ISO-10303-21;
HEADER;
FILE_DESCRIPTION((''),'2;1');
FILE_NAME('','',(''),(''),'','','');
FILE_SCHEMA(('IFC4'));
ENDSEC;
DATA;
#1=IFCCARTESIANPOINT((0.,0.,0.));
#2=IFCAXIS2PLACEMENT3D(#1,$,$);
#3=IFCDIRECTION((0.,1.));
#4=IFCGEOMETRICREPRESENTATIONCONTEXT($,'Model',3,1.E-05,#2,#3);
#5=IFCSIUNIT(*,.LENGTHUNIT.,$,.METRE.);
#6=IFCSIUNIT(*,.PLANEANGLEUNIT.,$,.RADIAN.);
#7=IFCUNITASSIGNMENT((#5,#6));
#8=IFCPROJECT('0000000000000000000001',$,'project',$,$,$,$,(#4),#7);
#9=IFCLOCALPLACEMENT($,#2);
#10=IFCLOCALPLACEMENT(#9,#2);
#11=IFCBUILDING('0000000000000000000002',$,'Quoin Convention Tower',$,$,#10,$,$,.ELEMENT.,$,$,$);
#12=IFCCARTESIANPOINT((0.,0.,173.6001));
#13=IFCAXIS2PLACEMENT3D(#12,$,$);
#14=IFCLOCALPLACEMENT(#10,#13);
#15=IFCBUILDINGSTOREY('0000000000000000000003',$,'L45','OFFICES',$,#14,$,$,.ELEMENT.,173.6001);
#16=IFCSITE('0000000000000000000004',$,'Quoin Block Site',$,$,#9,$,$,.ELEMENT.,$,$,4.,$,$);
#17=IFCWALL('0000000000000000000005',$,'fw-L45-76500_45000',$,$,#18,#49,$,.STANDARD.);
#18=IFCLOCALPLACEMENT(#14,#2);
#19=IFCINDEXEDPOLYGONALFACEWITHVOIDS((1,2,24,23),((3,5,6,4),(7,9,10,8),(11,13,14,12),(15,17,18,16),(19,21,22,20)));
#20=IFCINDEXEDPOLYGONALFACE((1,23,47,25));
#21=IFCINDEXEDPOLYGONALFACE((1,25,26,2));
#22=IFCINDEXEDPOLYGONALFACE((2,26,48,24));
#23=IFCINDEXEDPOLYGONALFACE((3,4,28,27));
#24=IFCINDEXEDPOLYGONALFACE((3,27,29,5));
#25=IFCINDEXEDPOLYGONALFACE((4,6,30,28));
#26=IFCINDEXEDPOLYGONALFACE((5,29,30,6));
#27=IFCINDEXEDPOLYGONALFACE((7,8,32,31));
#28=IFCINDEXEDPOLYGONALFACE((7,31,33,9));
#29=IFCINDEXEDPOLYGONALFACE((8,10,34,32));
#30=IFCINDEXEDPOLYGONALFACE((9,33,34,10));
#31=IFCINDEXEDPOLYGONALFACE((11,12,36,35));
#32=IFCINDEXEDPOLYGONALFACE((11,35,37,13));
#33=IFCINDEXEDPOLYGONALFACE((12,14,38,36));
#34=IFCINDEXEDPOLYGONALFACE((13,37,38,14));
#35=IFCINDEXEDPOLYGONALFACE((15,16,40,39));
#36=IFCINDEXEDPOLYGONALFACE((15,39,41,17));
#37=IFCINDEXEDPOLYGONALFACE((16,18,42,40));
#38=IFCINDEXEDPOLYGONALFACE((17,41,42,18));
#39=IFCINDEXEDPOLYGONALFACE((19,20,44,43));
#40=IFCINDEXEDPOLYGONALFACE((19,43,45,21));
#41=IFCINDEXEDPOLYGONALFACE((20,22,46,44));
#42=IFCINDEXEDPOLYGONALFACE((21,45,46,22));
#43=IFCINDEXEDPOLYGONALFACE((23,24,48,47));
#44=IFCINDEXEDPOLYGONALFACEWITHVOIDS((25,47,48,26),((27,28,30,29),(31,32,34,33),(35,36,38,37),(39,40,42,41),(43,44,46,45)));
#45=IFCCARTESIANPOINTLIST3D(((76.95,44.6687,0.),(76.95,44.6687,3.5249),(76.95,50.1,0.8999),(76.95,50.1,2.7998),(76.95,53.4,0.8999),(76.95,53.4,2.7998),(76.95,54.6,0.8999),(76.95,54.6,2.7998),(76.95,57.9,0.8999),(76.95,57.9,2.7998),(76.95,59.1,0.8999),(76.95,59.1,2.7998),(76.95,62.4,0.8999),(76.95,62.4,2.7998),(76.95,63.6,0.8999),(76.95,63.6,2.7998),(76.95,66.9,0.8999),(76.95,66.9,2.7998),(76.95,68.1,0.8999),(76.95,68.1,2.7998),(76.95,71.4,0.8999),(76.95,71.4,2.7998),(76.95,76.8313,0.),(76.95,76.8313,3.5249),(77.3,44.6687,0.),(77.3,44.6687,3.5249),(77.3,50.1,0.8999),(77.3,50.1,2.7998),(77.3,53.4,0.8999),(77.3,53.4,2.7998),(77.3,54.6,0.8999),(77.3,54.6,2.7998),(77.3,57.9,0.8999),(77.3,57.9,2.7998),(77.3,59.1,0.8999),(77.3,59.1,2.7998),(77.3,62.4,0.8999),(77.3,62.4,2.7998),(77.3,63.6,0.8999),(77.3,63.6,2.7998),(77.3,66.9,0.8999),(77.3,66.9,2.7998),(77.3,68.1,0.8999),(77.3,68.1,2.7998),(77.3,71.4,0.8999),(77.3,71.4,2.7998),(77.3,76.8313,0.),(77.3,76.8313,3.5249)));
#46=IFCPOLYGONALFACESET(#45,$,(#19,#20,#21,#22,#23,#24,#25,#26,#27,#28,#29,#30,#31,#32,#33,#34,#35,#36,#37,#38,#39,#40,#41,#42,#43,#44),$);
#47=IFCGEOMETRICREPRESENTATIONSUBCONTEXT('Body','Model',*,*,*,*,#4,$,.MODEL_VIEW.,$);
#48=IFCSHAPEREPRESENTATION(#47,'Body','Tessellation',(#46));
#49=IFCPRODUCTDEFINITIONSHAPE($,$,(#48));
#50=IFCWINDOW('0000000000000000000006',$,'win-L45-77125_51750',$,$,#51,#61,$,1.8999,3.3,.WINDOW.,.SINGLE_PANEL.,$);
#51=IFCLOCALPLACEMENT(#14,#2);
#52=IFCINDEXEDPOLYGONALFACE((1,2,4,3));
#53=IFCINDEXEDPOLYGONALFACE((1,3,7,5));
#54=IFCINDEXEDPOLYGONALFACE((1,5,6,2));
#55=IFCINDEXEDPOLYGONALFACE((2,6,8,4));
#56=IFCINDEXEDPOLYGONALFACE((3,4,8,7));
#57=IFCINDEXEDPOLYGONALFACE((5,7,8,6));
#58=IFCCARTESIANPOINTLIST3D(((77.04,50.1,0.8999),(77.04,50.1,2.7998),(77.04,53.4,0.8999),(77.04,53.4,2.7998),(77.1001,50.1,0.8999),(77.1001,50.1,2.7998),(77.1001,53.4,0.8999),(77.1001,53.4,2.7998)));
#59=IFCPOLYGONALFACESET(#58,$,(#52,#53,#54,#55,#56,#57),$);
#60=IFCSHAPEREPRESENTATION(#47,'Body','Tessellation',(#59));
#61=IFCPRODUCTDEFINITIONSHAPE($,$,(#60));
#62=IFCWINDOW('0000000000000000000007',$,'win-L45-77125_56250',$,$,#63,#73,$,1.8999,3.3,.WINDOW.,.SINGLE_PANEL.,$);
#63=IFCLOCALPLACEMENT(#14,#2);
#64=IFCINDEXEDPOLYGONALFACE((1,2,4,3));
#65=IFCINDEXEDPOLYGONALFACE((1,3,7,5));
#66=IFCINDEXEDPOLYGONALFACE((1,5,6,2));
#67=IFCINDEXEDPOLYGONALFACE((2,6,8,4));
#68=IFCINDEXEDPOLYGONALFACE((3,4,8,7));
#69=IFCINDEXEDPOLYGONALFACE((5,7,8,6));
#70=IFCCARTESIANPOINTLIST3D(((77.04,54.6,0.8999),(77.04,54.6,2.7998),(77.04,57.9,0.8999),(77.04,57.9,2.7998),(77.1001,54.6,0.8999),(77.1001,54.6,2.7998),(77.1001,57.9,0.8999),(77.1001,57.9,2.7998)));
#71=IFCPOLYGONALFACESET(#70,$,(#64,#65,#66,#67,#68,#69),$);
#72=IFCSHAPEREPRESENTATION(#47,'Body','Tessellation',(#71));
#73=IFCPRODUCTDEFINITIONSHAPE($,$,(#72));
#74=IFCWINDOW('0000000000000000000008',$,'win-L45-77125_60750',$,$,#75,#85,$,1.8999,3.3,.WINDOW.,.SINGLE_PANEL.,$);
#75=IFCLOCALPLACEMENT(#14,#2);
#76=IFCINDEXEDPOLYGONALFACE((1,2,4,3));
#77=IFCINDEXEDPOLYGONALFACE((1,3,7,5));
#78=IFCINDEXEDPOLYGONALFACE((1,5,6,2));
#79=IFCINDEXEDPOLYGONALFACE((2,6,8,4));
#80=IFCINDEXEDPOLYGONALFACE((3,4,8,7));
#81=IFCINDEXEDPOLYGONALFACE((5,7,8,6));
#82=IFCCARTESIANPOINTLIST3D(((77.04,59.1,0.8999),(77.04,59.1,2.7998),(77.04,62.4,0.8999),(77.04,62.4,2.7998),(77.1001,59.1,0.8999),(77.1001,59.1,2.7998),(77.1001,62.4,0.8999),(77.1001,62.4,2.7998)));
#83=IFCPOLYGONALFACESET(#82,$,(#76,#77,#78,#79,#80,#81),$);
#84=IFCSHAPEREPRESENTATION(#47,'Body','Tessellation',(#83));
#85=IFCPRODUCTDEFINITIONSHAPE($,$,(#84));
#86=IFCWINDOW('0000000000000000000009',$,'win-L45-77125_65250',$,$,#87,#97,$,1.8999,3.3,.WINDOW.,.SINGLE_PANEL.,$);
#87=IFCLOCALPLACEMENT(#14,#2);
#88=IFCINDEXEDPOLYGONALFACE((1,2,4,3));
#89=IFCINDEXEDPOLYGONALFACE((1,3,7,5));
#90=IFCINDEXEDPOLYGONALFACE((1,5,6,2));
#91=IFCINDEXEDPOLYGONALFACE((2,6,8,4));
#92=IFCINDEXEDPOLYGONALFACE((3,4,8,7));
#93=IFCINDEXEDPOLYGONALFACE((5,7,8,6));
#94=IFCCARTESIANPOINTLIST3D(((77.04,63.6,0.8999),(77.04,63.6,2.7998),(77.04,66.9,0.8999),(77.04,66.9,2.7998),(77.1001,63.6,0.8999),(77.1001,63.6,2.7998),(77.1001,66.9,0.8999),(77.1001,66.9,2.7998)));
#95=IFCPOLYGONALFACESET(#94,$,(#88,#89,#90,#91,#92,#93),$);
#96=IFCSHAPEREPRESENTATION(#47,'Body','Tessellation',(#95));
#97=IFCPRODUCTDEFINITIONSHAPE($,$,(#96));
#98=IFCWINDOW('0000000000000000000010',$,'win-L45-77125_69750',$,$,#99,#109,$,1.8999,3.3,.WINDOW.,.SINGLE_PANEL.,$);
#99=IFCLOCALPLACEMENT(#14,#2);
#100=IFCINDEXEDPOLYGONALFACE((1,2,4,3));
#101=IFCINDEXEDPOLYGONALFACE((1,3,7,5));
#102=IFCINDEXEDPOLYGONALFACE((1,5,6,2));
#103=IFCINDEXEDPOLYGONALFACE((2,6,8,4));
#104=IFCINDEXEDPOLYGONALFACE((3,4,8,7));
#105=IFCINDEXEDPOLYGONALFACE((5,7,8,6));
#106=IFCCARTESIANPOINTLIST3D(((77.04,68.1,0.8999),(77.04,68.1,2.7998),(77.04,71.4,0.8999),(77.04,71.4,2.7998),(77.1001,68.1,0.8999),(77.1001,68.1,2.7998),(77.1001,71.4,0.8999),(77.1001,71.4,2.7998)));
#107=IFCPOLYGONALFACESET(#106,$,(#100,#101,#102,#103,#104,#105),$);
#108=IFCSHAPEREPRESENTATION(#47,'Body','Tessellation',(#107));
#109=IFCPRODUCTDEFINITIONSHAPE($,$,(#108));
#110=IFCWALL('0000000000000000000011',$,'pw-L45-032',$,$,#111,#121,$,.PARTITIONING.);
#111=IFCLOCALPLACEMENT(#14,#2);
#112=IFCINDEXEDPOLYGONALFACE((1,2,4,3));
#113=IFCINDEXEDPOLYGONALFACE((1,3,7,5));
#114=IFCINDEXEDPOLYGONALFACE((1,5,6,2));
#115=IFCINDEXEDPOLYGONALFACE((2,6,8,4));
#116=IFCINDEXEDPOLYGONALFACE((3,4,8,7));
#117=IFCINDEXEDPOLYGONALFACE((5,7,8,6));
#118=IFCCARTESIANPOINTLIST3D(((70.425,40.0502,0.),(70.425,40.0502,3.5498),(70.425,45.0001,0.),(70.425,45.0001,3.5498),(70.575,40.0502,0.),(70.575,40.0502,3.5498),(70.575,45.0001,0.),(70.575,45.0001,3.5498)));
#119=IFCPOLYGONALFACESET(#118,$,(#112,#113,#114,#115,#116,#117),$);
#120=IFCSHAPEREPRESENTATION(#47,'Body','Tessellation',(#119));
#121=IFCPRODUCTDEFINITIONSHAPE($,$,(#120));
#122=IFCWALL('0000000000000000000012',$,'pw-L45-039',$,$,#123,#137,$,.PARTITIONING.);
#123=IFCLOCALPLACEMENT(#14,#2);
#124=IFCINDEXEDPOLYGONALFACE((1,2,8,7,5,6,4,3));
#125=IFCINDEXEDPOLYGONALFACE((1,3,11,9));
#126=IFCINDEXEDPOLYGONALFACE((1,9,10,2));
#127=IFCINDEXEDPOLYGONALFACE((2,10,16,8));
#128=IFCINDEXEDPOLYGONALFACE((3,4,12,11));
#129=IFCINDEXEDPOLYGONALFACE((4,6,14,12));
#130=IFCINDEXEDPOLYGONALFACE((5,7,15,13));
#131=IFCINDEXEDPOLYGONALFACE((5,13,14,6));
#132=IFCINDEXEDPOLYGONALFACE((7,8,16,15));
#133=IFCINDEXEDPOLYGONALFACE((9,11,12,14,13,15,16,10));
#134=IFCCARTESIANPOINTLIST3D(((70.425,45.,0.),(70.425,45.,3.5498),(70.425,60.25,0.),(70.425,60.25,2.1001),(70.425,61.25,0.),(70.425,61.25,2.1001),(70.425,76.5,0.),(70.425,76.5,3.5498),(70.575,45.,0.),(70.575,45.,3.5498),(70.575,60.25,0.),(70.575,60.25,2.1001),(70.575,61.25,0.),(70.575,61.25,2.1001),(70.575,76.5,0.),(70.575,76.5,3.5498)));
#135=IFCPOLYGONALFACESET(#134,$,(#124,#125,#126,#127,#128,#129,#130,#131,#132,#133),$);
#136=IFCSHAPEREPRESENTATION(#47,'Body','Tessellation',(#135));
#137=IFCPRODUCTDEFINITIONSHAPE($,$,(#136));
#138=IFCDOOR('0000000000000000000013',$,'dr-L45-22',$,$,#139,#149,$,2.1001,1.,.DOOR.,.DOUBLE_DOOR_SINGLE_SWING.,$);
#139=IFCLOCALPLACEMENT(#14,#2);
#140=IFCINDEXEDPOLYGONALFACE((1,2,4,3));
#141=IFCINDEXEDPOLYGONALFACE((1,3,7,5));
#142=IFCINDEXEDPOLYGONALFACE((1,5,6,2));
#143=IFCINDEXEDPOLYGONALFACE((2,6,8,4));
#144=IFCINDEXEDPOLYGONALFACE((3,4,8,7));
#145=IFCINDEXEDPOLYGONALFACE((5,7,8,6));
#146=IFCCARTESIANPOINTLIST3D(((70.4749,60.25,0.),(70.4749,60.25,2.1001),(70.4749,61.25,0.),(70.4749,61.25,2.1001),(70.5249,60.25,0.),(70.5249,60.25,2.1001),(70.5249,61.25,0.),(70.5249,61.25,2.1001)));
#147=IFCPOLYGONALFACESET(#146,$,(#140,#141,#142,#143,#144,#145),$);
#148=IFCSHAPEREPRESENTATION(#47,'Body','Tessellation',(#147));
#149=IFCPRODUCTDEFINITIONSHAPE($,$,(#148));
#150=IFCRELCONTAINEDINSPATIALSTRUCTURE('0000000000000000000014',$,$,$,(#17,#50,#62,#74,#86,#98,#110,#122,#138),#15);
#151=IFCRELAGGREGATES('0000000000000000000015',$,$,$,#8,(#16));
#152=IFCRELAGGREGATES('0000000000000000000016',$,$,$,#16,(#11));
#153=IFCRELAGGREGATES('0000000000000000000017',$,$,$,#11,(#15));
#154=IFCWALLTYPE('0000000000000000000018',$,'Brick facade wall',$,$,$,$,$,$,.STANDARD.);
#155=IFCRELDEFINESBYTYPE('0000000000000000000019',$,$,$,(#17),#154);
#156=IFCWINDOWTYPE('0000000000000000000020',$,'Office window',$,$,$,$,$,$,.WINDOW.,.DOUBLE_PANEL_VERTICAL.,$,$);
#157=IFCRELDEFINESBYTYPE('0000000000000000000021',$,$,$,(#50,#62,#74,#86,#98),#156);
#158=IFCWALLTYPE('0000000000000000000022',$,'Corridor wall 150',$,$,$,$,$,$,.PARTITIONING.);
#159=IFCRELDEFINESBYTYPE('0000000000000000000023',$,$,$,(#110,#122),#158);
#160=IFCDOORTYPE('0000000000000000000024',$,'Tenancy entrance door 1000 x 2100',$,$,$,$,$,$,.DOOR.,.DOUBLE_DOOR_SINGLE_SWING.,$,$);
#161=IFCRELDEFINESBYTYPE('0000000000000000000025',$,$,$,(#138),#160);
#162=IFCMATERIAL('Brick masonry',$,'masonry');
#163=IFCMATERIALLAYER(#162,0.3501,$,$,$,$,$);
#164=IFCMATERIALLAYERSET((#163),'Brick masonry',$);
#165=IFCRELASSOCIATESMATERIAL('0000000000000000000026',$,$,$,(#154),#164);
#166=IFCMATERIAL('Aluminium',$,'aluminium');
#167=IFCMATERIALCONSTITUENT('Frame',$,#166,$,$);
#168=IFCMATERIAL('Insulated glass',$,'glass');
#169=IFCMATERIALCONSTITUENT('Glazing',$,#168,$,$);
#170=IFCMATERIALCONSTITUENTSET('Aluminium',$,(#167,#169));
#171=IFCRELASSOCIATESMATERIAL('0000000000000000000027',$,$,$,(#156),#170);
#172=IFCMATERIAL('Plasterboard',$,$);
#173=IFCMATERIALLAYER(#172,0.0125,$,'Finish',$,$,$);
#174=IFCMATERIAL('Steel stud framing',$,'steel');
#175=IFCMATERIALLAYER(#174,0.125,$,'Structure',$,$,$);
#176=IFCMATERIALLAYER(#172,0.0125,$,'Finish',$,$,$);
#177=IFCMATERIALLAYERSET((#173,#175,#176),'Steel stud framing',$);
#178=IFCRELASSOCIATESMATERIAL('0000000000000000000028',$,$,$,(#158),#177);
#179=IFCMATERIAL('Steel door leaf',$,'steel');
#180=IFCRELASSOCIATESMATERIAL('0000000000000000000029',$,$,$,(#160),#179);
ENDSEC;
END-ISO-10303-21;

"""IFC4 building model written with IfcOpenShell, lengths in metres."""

from ifc_helpers import new_model, si_unit, direction, frame, frame_2d, origin, place, context, subcontext, project, spatial, rectangle, extrude, material, layer, layer_set, constituent, constituent_set, type_object, element, fill, save


model = new_model("IFC4")

# Units and contexts
model_context = context("Model", 3, precision=1e-05, world=origin(), true_north=direction((0.0, 1.0)))
body_context = subcontext(model_context, "Body", "Model", "MODEL_VIEW")
ifc_project = project(units=[si_unit("LENGTHUNIT", "METRE"), si_unit("PLANEANGLEUNIT", "RADIAN")], contexts=[model_context])

# Site, building, storey
site_placement = place(None, origin())
site = spatial("IfcSite", under=ifc_project, at=site_placement, Name="Quoin Block Site", CompositionType="ELEMENT", RefElevation=4.0)
building_placement = place(site_placement, origin())
building = spatial("IfcBuilding", under=site, at=building_placement, Name="Quoin Convention Tower", CompositionType="ELEMENT")
storey_placement = place(building_placement, frame((0.0, 0.0, 173.6001)))
storey = spatial("IfcBuildingStorey", under=building, at=storey_placement, Name="L45", Description="OFFICES", CompositionType="ELEMENT", Elevation=173.6001)

# Shared definitions
ifc_material_1 = material(Name="Brick masonry", Category="masonry")
ifc_layer_1 = layer(ifc_material_1, 0.3501)
ifc_layer_set_1 = layer_set([ifc_layer_1], Name="Brick masonry")
wall_type_1 = type_object("IfcWallType", Name="Brick facade wall", PredefinedType="STANDARD", material=ifc_layer_set_1)
ifc_material_2 = material(Name="Aluminium", Category="aluminium")
ifc_constituent_1 = constituent(ifc_material_2, Name="Frame")
ifc_material_3 = material(Name="Insulated glass", Category="glass")
ifc_constituent_2 = constituent(ifc_material_3, Name="Glazing")
ifc_constituent_set = constituent_set(constituents=[ifc_constituent_1, ifc_constituent_2], Name="Aluminium")
window_type = type_object("IfcWindowType", Name="Office window", PartitioningType="DOUBLE_PANEL_VERTICAL", PredefinedType="WINDOW", material=ifc_constituent_set)

# Wall, openings, windows
wall_1_placement = place(storey_placement, frame((77.125, 44.6687, 0.0), z_axis=(0.0, 0.0, 1.0), x_axis=(0.0, 1.0, 0.0)))
wall_1 = element("IfcWall", 1, at=wall_1_placement, inside=storey, type_object=wall_type_1, Name="fw-L45-76500_45000", PredefinedType="STANDARD", context=body_context, shape_type="SweptSolid", body=[
    extrude(rectangle(XDim=32.1626, YDim=0.3501, at=frame_2d((16.0813, 0.0))), origin(), (0.0, 0.0, 1.0), 3.5249),
])
opening_1_placement = place(wall_1_placement, frame((5.4314, 0.0, 0.8999)))
opening_1 = element("IfcOpeningElement", 2, at=opening_1_placement, cuts=wall_1, PredefinedType="OPENING", context=body_context, shape_type="SweptSolid", body=[
    extrude(rectangle(XDim=3.3, YDim=1.8999, at=frame_2d((1.6499, 0.95))), frame((0.0, 0.1851, 0.0), z_axis=(0.0, -1.0, 0.0), x_axis=(1.0, 0.0, 0.0)), (0.0, 0.0, 1.0), 0.3701),
])
opening_2_placement = place(wall_1_placement, frame((9.9314, 0.0, 0.8999)))
opening_2 = element("IfcOpeningElement", 3, at=opening_2_placement, cuts=wall_1, PredefinedType="OPENING", context=body_context, shape_type="SweptSolid", body=[
    extrude(rectangle(XDim=3.3, YDim=1.8999, at=frame_2d((1.6499, 0.95))), frame((0.0, 0.1851, 0.0), z_axis=(0.0, -1.0, 0.0), x_axis=(1.0, 0.0, 0.0)), (0.0, 0.0, 1.0), 0.3701),
])
opening_3_placement = place(wall_1_placement, frame((14.4314, 0.0, 0.8999)))
opening_3 = element("IfcOpeningElement", 4, at=opening_3_placement, cuts=wall_1, PredefinedType="OPENING", context=body_context, shape_type="SweptSolid", body=[
    extrude(rectangle(XDim=3.3, YDim=1.8999, at=frame_2d((1.6499, 0.95))), frame((0.0, 0.1851, 0.0), z_axis=(0.0, -1.0, 0.0), x_axis=(1.0, 0.0, 0.0)), (0.0, 0.0, 1.0), 0.3701),
])
opening_4_placement = place(wall_1_placement, frame((18.9314, 0.0, 0.8999)))
opening_4 = element("IfcOpeningElement", 5, at=opening_4_placement, cuts=wall_1, PredefinedType="OPENING", context=body_context, shape_type="SweptSolid", body=[
    extrude(rectangle(XDim=3.3, YDim=1.8999, at=frame_2d((1.6499, 0.95))), frame((0.0, 0.1851, 0.0), z_axis=(0.0, -1.0, 0.0), x_axis=(1.0, 0.0, 0.0)), (0.0, 0.0, 1.0), 0.3701),
])
opening_5_placement = place(wall_1_placement, frame((23.4314, 0.0, 0.8999)))
opening_5 = element("IfcOpeningElement", 6, at=opening_5_placement, cuts=wall_1, PredefinedType="OPENING", context=body_context, shape_type="SweptSolid", body=[
    extrude(rectangle(XDim=3.3, YDim=1.8999, at=frame_2d((1.6499, 0.95))), frame((0.0, 0.1851, 0.0), z_axis=(0.0, -1.0, 0.0), x_axis=(1.0, 0.0, 0.0)), (0.0, 0.0, 1.0), 0.3701),
])
window_1_placement = place(opening_1_placement, origin())
window_1 = element("IfcWindow", 7, at=window_1_placement, inside=storey, type_object=window_type, Name="win-L45-77125_51750", OverallHeight=1.8999, OverallWidth=3.3, PartitioningType="SINGLE_PANEL", PredefinedType="WINDOW", context=body_context, shape_type="SweptSolid", body=[
    extrude(rectangle(XDim=3.3, YDim=1.8999, at=frame_2d((1.6499, 0.95))), frame((0.0, 0.085, 0.0), z_axis=(0.0, -1.0, 0.0), x_axis=(1.0, 0.0, 0.0)), (0.0, 0.0, 1.0), 0.0601),
])
fill(opening_1, window_1)
window_2_placement = place(opening_2_placement, origin())
window_2 = element("IfcWindow", 8, at=window_2_placement, inside=storey, type_object=window_type, Name="win-L45-77125_56250", OverallHeight=1.8999, OverallWidth=3.3, PartitioningType="SINGLE_PANEL", PredefinedType="WINDOW", context=body_context, shape_type="SweptSolid", body=[
    extrude(rectangle(XDim=3.3, YDim=1.8999, at=frame_2d((1.6499, 0.95))), frame((0.0, 0.085, 0.0), z_axis=(0.0, -1.0, 0.0), x_axis=(1.0, 0.0, 0.0)), (0.0, 0.0, 1.0), 0.0601),
])
fill(opening_2, window_2)
window_3_placement = place(opening_3_placement, origin())
window_3 = element("IfcWindow", 9, at=window_3_placement, inside=storey, type_object=window_type, Name="win-L45-77125_60750", OverallHeight=1.8999, OverallWidth=3.3, PartitioningType="SINGLE_PANEL", PredefinedType="WINDOW", context=body_context, shape_type="SweptSolid", body=[
    extrude(rectangle(XDim=3.3, YDim=1.8999, at=frame_2d((1.6499, 0.95))), frame((0.0, 0.085, 0.0), z_axis=(0.0, -1.0, 0.0), x_axis=(1.0, 0.0, 0.0)), (0.0, 0.0, 1.0), 0.0601),
])
fill(opening_3, window_3)
window_4_placement = place(opening_4_placement, origin())
window_4 = element("IfcWindow", 10, at=window_4_placement, inside=storey, type_object=window_type, Name="win-L45-77125_65250", OverallHeight=1.8999, OverallWidth=3.3, PartitioningType="SINGLE_PANEL", PredefinedType="WINDOW", context=body_context, shape_type="SweptSolid", body=[
    extrude(rectangle(XDim=3.3, YDim=1.8999, at=frame_2d((1.6499, 0.95))), frame((0.0, 0.085, 0.0), z_axis=(0.0, -1.0, 0.0), x_axis=(1.0, 0.0, 0.0)), (0.0, 0.0, 1.0), 0.0601),
])
fill(opening_4, window_4)
window_5_placement = place(opening_5_placement, origin())
window_5 = element("IfcWindow", 11, at=window_5_placement, inside=storey, type_object=window_type, Name="win-L45-77125_69750", OverallHeight=1.8999, OverallWidth=3.3, PartitioningType="SINGLE_PANEL", PredefinedType="WINDOW", context=body_context, shape_type="SweptSolid", body=[
    extrude(rectangle(XDim=3.3, YDim=1.8999, at=frame_2d((1.6499, 0.95))), frame((0.0, 0.085, 0.0), z_axis=(0.0, -1.0, 0.0), x_axis=(1.0, 0.0, 0.0)), (0.0, 0.0, 1.0), 0.0601),
])
fill(opening_5, window_5)

# Wall
ifc_material_4 = material(Name="Plasterboard")
ifc_layer_2 = layer(ifc_material_4, 0.0125, Name="Finish")
ifc_material_5 = material(Name="Steel stud framing", Category="steel")
ifc_layer_3 = layer(ifc_material_5, 0.125, Name="Structure")
ifc_layer_4 = layer(ifc_material_4, 0.0125, Name="Finish")
ifc_layer_set_2 = layer_set([ifc_layer_2, ifc_layer_3, ifc_layer_4], Name="Steel stud framing")
wall_type_2 = type_object("IfcWallType", Name="Corridor wall 150", PredefinedType="PARTITIONING", material=ifc_layer_set_2)
wall_2_placement = place(storey_placement, frame((70.5, 40.05, 0.0), z_axis=(0.0, 0.0, 1.0), x_axis=(0.0, 1.0, 0.0)))
element("IfcWall", 12, at=wall_2_placement, inside=storey, type_object=wall_type_2, Name="pw-L45-032", PredefinedType="PARTITIONING", context=body_context, shape_type="SweptSolid", body=[
    extrude(rectangle(XDim=4.95, YDim=0.1499, at=frame_2d((2.4751, 0.0))), origin(), (0.0, 0.0, 1.0), 3.5498),
])

# Wall, opening, door
wall_3_placement = place(storey_placement, frame((70.5, 45.0, 0.0), z_axis=(0.0, 0.0, 1.0), x_axis=(0.0, 1.0, 0.0)))
wall_3 = element("IfcWall", 13, at=wall_3_placement, inside=storey, type_object=wall_type_2, Name="pw-L45-039", PredefinedType="PARTITIONING", context=body_context, shape_type="SweptSolid", body=[
    extrude(rectangle(XDim=31.5, YDim=0.1499, at=frame_2d((15.75, 0.0))), origin(), (0.0, 0.0, 1.0), 3.5498),
])
opening_6_placement = place(wall_3_placement, frame((15.25, 0.0, 0.0)))
opening_6 = element("IfcOpeningElement", 14, at=opening_6_placement, cuts=wall_3, PredefinedType="OPENING", context=body_context, shape_type="SweptSolid", body=[
    extrude(rectangle(XDim=1.0, YDim=2.1001, at=frame_2d((0.5, 1.05))), frame((0.0, 0.085, 0.0), z_axis=(0.0, -1.0, 0.0), x_axis=(1.0, 0.0, 0.0)), (0.0, 0.0, 1.0), 0.1699),
])
ifc_material_6 = material(Name="Steel door leaf", Category="steel")
door_type_1 = type_object("IfcDoorType", Name="Tenancy entrance door 1000 x 2100", OperationType="DOUBLE_DOOR_SINGLE_SWING", PredefinedType="DOOR", material=ifc_material_6)
door_1_placement = place(opening_6_placement, frame((1.0, 0.0, 0.0), z_axis=(0.0, 0.0, 1.0), x_axis=(-1.0, 0.0, 0.0)))
door_1 = element("IfcDoor", 15, at=door_1_placement, inside=storey, type_object=door_type_1, Name="dr-L45-22", OperationType="DOUBLE_DOOR_SINGLE_SWING", OverallHeight=2.1001, OverallWidth=1.0, PredefinedType="DOOR", context=body_context, shape_type="SweptSolid", body=[
    extrude(rectangle(XDim=1.0, YDim=2.1001, at=frame_2d((0.5, 1.05))), frame((0.0, 0.0249, 0.0), z_axis=(0.0, -1.0, 0.0), x_axis=(1.0, 0.0, 0.0)), (0.0, 0.0, 1.0), 0.05),
])
fill(opening_6, door_1)

save(model, "model.ifc")
